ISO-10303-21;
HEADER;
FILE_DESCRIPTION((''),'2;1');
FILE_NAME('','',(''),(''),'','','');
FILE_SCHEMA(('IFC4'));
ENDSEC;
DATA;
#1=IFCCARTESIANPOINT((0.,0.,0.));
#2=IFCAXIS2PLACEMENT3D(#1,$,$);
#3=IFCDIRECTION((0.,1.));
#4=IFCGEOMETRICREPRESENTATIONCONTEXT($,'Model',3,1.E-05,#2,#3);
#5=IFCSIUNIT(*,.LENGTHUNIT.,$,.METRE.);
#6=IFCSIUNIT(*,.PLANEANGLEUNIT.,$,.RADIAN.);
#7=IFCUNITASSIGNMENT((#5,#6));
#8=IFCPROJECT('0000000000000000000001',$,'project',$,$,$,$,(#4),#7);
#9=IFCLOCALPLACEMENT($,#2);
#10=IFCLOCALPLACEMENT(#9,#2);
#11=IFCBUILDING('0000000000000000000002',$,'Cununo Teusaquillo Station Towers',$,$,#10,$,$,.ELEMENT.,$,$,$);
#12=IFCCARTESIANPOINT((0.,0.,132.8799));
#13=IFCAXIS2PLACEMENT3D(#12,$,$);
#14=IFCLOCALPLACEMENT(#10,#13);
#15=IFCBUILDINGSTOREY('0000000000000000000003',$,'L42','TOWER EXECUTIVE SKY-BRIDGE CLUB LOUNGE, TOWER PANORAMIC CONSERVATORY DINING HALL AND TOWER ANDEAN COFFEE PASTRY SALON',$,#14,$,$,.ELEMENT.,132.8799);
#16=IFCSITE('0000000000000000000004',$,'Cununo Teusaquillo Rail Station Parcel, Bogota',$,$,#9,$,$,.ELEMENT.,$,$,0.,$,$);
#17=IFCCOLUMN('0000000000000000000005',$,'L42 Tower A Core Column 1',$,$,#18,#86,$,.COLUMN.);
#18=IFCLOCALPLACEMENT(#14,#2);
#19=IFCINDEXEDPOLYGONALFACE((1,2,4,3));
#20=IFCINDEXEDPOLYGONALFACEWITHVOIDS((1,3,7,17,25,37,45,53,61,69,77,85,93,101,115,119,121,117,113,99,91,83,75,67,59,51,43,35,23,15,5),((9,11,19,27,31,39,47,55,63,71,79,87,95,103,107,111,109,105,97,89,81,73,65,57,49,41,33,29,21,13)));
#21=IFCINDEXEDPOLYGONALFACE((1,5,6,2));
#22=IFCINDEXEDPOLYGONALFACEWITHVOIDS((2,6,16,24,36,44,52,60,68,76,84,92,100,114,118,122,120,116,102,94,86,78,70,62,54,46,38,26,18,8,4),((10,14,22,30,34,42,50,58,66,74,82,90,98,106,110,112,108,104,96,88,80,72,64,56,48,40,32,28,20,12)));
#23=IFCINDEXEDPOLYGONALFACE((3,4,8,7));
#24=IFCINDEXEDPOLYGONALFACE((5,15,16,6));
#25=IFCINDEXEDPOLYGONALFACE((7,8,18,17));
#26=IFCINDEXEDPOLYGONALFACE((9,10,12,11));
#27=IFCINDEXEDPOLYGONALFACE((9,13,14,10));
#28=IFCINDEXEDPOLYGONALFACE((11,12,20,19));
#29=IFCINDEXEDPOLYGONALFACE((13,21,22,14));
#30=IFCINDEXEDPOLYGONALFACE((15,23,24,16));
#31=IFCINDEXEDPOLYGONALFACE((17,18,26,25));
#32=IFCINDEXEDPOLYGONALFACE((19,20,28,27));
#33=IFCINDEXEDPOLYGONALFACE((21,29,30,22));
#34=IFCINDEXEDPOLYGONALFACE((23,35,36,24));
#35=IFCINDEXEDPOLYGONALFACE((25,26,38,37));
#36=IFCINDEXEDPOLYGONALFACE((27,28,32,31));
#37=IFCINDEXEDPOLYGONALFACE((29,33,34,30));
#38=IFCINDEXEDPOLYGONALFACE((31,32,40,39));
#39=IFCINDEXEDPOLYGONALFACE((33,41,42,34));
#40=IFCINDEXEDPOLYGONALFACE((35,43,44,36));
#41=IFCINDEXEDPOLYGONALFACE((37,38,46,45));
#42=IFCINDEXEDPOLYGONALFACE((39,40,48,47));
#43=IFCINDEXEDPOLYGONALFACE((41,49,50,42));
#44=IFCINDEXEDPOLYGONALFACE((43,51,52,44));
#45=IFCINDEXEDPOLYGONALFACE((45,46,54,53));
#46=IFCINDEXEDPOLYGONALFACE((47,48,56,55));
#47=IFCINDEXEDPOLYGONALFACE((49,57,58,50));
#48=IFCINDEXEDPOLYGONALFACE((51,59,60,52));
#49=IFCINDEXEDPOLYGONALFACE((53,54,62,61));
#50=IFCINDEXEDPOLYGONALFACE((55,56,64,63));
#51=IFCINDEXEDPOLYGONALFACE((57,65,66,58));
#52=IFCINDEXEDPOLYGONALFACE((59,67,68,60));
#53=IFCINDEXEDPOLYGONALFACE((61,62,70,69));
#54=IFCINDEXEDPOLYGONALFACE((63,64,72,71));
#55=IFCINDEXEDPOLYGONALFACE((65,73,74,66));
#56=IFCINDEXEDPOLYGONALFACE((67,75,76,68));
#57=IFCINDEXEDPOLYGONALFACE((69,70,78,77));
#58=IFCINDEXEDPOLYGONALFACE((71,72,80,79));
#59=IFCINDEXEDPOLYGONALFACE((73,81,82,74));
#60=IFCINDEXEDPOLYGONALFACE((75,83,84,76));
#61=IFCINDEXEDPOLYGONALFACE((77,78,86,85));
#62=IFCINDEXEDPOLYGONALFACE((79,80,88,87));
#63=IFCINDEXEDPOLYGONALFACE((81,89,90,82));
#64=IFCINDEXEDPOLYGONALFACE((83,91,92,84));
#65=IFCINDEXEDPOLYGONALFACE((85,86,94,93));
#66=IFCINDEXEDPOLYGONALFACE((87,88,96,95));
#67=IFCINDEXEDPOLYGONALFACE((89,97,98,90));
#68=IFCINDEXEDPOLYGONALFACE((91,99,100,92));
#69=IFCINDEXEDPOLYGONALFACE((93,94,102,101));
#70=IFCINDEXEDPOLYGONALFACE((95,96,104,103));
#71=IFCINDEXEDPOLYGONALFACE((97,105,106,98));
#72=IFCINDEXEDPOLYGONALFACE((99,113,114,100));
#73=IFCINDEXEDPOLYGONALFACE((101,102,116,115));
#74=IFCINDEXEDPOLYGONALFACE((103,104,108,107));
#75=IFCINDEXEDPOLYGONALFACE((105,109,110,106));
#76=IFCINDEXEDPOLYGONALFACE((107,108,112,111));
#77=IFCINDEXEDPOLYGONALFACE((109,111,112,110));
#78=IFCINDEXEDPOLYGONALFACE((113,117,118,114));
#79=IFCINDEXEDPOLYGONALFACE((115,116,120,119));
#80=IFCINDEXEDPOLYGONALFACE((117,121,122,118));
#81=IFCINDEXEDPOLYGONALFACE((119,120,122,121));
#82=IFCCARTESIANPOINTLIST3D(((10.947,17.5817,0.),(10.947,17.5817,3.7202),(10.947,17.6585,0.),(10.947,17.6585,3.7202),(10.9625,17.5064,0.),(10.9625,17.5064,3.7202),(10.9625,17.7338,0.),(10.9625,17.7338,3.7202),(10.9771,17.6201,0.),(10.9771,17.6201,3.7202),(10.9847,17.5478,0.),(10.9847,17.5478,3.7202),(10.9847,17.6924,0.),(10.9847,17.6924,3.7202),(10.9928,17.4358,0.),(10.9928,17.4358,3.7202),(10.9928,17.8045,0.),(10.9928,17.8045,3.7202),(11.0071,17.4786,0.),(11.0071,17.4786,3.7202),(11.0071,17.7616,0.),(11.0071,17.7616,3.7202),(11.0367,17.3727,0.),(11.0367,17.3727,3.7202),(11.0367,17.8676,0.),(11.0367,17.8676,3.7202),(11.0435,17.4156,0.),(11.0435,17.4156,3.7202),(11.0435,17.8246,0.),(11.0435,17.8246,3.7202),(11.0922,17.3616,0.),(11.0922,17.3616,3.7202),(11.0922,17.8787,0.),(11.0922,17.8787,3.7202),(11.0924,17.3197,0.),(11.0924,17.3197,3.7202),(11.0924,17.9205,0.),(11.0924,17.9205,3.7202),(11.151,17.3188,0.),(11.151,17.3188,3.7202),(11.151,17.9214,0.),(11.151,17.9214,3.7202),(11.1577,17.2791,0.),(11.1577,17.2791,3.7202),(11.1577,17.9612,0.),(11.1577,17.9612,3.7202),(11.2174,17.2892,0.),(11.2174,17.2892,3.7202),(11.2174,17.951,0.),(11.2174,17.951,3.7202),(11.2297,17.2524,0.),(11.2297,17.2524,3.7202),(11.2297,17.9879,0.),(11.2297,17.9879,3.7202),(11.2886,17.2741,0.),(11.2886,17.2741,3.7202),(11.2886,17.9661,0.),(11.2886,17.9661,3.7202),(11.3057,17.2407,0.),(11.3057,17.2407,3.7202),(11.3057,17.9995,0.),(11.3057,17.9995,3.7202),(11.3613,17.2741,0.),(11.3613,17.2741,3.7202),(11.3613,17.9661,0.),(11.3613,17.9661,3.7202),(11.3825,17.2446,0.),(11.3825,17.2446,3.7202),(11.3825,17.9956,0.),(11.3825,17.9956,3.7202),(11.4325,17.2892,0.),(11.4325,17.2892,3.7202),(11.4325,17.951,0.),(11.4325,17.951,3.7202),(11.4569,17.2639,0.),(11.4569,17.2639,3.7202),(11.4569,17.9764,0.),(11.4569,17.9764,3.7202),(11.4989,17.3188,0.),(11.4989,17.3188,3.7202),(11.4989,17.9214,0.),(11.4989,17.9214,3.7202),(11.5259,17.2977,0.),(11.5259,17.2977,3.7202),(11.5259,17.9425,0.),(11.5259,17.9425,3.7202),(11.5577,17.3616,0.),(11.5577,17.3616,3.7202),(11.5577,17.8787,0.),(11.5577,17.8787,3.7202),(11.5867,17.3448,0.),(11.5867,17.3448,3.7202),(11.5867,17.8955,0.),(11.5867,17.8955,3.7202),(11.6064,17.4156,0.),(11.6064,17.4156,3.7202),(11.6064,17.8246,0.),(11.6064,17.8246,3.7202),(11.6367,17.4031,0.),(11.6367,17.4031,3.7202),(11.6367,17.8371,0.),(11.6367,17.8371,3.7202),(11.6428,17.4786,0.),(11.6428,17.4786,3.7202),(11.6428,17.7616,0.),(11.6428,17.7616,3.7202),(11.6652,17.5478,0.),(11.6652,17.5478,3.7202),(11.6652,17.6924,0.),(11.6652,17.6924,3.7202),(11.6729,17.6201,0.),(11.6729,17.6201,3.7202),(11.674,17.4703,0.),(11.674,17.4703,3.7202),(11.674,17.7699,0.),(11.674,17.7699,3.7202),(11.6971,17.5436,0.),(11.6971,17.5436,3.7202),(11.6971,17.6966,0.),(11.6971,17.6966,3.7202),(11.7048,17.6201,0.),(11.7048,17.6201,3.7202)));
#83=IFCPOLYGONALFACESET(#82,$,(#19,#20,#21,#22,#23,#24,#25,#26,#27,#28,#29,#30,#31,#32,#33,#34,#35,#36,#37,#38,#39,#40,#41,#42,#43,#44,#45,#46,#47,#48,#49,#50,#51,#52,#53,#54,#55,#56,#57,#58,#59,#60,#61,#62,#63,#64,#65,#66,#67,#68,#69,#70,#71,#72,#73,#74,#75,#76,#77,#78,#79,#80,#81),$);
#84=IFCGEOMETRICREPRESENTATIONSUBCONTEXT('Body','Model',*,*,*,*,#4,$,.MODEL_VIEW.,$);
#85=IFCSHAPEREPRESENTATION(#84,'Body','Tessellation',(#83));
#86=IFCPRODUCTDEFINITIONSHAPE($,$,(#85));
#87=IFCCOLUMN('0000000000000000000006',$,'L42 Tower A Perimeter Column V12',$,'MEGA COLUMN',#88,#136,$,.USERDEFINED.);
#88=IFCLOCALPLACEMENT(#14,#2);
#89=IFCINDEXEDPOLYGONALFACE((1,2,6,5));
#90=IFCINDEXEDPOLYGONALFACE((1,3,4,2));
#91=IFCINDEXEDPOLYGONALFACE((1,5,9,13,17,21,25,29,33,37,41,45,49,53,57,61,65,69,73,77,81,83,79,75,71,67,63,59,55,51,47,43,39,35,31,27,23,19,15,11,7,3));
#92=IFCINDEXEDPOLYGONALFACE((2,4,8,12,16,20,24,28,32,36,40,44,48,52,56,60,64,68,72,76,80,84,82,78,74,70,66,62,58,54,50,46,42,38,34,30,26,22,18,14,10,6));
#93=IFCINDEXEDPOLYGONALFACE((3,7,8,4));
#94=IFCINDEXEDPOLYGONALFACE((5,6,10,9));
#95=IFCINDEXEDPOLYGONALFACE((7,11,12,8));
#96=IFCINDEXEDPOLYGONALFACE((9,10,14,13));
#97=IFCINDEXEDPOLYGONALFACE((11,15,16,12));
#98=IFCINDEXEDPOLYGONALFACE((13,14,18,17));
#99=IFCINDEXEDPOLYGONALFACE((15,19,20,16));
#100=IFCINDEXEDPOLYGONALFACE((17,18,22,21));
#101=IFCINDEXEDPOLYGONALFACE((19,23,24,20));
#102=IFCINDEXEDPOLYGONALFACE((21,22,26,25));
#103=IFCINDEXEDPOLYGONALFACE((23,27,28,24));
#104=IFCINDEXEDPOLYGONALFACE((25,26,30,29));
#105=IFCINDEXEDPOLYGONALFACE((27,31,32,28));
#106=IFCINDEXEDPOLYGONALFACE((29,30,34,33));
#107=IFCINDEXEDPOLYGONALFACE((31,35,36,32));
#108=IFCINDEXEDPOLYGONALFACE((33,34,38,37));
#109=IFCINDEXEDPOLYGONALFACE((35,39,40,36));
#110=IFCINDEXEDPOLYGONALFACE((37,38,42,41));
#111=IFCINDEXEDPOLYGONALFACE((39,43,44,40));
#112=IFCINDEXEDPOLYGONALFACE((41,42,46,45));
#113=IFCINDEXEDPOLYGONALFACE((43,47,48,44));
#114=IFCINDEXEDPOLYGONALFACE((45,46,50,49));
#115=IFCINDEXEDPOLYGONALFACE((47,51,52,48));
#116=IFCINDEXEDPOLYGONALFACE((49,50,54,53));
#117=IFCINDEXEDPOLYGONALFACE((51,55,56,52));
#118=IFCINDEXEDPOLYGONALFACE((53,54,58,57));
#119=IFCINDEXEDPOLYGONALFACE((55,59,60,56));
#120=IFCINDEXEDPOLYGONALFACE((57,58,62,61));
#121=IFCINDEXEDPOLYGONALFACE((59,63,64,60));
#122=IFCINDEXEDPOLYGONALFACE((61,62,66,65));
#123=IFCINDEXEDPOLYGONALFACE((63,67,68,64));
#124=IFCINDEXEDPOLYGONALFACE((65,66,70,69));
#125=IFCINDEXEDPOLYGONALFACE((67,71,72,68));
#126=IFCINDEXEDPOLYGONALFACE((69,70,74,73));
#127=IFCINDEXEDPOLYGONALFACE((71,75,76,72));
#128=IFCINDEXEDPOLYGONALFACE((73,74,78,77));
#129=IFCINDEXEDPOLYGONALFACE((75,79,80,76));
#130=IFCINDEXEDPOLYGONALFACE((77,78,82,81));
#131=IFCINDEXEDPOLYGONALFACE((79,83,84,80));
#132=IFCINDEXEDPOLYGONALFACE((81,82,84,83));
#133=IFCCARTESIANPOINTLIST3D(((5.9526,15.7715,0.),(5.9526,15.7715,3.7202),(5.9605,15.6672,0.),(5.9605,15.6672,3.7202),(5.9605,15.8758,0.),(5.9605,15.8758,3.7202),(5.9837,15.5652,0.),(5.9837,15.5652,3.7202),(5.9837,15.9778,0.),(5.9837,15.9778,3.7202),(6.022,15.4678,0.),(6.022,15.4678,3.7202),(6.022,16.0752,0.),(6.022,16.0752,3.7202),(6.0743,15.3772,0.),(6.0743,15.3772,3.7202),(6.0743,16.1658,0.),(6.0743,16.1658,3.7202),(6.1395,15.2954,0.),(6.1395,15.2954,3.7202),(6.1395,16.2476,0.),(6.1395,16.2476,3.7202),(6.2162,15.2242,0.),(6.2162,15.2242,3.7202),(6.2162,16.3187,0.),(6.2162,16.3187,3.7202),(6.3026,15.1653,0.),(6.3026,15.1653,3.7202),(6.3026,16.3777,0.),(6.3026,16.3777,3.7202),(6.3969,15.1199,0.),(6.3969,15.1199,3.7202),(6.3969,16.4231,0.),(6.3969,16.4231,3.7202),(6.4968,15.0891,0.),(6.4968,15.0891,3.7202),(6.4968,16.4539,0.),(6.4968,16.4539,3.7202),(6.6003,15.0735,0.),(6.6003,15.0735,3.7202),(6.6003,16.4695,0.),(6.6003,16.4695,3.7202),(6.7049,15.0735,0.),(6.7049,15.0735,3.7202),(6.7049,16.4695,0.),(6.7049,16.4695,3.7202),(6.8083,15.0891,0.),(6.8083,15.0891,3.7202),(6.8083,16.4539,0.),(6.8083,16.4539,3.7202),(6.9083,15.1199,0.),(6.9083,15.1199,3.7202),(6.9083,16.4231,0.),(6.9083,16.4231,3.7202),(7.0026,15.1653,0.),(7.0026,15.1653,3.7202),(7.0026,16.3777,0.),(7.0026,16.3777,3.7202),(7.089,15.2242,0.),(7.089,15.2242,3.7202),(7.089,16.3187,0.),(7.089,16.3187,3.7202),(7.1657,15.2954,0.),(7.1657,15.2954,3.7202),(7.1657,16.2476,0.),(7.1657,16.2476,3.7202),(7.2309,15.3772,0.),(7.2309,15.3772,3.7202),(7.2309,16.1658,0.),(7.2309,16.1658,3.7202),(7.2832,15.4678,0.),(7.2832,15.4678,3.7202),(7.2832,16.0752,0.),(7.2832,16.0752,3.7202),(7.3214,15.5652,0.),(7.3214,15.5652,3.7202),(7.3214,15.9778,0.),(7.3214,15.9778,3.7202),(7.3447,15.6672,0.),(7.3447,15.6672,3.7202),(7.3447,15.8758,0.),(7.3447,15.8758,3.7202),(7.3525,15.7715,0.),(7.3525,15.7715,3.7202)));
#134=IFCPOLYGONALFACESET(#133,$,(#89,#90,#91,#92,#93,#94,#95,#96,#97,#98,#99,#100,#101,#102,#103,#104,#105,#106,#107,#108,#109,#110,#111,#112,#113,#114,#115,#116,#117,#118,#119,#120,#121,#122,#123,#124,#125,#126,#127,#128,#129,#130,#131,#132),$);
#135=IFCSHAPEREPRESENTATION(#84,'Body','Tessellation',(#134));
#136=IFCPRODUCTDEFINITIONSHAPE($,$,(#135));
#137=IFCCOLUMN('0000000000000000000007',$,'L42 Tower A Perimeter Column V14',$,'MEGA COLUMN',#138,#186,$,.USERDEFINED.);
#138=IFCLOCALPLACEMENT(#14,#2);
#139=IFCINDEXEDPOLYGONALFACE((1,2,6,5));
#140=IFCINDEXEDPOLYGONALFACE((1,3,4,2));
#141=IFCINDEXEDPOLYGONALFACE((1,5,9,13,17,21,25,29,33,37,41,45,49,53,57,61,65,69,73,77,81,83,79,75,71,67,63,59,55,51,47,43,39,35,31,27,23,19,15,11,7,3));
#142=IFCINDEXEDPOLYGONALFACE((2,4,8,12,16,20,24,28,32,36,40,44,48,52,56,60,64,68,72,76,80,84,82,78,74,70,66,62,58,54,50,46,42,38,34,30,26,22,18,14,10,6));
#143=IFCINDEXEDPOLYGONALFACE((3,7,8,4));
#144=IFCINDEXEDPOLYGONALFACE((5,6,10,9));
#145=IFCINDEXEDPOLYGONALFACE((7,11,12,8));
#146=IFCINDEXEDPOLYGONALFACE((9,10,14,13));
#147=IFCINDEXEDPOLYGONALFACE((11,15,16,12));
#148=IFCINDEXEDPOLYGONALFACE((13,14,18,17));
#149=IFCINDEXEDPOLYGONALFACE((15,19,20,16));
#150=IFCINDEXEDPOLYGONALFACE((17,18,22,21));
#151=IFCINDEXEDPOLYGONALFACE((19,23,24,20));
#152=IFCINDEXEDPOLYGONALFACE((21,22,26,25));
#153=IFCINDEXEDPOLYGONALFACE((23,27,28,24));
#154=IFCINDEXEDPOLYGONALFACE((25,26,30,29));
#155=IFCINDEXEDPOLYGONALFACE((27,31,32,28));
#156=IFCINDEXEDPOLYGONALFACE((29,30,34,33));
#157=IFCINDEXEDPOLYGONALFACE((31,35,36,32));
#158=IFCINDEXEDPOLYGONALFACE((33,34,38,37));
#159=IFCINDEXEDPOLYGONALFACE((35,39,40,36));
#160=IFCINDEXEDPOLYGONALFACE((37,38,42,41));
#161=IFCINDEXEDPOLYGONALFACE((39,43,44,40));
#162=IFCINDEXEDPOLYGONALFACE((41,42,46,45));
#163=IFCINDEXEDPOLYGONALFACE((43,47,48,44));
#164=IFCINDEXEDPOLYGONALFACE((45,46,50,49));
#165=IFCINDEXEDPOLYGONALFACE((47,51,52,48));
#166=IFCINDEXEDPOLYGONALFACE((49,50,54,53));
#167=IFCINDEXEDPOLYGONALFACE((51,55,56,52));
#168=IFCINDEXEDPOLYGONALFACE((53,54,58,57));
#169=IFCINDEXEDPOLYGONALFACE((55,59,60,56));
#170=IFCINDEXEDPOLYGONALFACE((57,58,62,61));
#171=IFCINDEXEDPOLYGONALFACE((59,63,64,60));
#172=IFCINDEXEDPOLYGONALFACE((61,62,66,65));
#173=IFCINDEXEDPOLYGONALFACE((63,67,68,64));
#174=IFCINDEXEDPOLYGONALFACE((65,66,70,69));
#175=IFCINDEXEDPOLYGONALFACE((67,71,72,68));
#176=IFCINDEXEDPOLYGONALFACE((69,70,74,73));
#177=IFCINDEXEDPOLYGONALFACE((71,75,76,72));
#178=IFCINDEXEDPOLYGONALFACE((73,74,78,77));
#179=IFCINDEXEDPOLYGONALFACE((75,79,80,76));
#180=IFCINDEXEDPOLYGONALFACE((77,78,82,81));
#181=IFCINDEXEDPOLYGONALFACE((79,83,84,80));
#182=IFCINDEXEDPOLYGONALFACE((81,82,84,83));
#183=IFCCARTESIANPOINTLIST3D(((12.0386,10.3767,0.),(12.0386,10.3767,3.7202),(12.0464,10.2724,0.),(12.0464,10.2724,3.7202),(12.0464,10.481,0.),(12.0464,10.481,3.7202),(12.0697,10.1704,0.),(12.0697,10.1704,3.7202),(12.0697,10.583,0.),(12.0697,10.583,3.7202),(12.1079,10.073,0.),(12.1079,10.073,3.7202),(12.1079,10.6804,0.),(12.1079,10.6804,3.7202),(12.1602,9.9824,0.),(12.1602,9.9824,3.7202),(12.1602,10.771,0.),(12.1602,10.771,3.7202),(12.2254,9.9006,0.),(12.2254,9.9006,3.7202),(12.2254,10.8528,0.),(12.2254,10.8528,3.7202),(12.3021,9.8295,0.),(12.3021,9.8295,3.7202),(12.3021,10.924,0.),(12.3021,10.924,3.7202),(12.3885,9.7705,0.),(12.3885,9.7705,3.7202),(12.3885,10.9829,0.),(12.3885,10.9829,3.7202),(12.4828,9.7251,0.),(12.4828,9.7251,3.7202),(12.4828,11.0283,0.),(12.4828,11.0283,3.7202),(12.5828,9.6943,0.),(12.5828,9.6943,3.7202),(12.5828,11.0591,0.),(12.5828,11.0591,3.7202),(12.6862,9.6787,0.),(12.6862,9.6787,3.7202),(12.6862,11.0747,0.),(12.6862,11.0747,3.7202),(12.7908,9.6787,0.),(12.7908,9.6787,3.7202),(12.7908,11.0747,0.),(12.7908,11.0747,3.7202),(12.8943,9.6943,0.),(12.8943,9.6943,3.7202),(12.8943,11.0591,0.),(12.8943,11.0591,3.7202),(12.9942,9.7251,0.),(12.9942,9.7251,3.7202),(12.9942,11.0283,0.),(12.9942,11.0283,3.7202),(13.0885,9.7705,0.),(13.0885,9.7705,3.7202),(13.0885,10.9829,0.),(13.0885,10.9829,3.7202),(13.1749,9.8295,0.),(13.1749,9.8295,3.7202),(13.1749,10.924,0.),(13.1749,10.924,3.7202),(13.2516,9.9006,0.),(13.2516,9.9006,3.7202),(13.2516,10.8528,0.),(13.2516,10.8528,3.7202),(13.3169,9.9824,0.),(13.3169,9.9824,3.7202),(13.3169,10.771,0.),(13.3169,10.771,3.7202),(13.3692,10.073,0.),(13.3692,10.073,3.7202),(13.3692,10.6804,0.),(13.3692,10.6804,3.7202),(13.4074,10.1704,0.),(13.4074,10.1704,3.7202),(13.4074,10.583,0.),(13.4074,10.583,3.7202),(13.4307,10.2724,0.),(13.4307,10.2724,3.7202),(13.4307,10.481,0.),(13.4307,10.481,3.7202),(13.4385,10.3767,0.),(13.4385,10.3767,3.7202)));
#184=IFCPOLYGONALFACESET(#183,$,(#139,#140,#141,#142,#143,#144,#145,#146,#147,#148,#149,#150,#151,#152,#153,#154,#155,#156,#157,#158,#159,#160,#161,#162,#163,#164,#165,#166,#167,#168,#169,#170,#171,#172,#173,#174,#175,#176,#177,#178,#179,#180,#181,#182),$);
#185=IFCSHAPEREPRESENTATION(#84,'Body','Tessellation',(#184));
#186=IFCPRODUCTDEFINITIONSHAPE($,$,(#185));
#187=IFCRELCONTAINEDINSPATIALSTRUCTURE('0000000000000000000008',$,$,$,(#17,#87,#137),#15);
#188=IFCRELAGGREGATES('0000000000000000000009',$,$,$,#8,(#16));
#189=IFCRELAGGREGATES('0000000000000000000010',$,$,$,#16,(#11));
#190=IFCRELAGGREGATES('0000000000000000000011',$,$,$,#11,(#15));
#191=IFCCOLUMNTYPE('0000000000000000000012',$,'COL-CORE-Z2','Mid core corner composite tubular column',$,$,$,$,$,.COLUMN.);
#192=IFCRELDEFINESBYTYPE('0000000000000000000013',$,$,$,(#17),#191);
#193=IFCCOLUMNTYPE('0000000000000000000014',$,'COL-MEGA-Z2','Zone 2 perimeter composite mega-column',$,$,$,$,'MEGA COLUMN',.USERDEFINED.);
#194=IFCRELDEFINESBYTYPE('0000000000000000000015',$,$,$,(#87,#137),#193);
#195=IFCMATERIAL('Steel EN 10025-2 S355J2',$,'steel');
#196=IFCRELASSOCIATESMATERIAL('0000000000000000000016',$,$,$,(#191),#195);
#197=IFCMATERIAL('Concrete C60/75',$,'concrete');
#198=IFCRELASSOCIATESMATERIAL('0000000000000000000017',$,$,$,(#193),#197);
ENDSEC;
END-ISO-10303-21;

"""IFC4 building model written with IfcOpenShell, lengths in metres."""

from ifc_helpers import new_model, si_unit, direction, frame, origin, origin_2d, place, context, subcontext, project, spatial, circle, hollow_circle, extrude, material, material_profile, profile_set, type_object, element, save


model = new_model("IFC4")

# Units and contexts
model_context = context("Model", 3, precision=1e-05, world=origin(), true_north=direction((0.0, 1.0)))
body_context = subcontext(model_context, "Body", "Model", "MODEL_VIEW")
ifc_project = project(units=[si_unit("LENGTHUNIT", "METRE"), si_unit("PLANEANGLEUNIT", "RADIAN")], contexts=[model_context])

# Site, building, storey
site_placement = place(None, origin())
site = spatial("IfcSite", under=ifc_project, at=site_placement, Name="Cununo Teusaquillo Rail Station Parcel, Bogota", CompositionType="ELEMENT", RefElevation=0.0)
building_placement = place(site_placement, origin())
building = spatial("IfcBuilding", under=site, at=building_placement, Name="Cununo Teusaquillo Station Towers", CompositionType="ELEMENT")
storey_placement = place(building_placement, frame((0.0, 0.0, 132.8799)))
storey = spatial("IfcBuildingStorey", under=building, at=storey_placement, Name="L42", Description="TOWER EXECUTIVE SKY-BRIDGE CLUB LOUNGE, TOWER PANORAMIC CONSERVATORY DINING HALL AND TOWER ANDEAN COFFEE PASTRY SALON", CompositionType="ELEMENT", Elevation=132.8799)

# Columns
ifc_material_1 = material(Name="Steel EN 10025-2 S355J2", Category="steel")
ifc_material_profile_1 = material_profile(ifc_material_1, hollow_circle(Radius=0.3799, WallThickness=0.032, at=origin_2d()), Name="CHS 760x32")
ifc_profile_set_1 = profile_set([ifc_material_profile_1], Name="Steel EN 10025-2 S355J2")
column_type_1 = type_object("IfcColumnType", Name="COL-CORE-Z2", Description="Mid core corner composite tubular column", PredefinedType="COLUMN", material=ifc_profile_set_1)
column_placement = place(storey_placement, frame((11.325, 17.6201, 0.0), z_axis=(0.0, 0.0, 1.0), x_axis=(1.0, 0.0, 0.0)))
element("IfcColumn", 1, at=column_placement, inside=storey, type_object=column_type_1, Name="L42 Tower A Core Column 1", PredefinedType="COLUMN", context=body_context, shape_type="SweptSolid", body=[
    extrude(hollow_circle(Radius=0.3799, WallThickness=0.032, at=origin_2d()), origin(), (0.0, 0.0, 1.0), 3.7202),
])
ifc_material_2 = material(Name="Concrete C60/75", Category="concrete")
ifc_material_profile_2 = material_profile(ifc_material_2, circle(Radius=0.7, at=origin_2d()), Name="RC-CIRC-1400")
ifc_profile_set_2 = profile_set([ifc_material_profile_2], Name="Concrete C60/75")
column_type_2 = type_object("IfcColumnType", Name="COL-MEGA-Z2", Description="Zone 2 perimeter composite mega-column", ElementType="MEGA COLUMN", PredefinedType="USERDEFINED", material=ifc_profile_set_2)
for number, where, z_axis, x_axis, name in (
    (2, (6.6526, 15.7715, 0.0), (0.0, 0.0, 1.0), (1.0, 0.0, 0.0), "L42 Tower A Perimeter Column V12"),
    (3, (12.7385, 10.3767, 0.0), (0.0, 0.0, 1.0), (1.0, 0.0, 0.0), "L42 Tower A Perimeter Column V14"),
):
    element("IfcColumn", number, at=place(storey_placement, frame(where, z_axis=z_axis, x_axis=x_axis)), inside=storey, type_object=column_type_2, Name=name, ObjectType="MEGA COLUMN", PredefinedType="USERDEFINED", context=body_context, shape_type="SweptSolid", body=[
        extrude(circle(Radius=0.7, at=origin_2d()), origin(), (0.0, 0.0, 1.0), 3.7202),
    ])

save(model, "model.ifc")
